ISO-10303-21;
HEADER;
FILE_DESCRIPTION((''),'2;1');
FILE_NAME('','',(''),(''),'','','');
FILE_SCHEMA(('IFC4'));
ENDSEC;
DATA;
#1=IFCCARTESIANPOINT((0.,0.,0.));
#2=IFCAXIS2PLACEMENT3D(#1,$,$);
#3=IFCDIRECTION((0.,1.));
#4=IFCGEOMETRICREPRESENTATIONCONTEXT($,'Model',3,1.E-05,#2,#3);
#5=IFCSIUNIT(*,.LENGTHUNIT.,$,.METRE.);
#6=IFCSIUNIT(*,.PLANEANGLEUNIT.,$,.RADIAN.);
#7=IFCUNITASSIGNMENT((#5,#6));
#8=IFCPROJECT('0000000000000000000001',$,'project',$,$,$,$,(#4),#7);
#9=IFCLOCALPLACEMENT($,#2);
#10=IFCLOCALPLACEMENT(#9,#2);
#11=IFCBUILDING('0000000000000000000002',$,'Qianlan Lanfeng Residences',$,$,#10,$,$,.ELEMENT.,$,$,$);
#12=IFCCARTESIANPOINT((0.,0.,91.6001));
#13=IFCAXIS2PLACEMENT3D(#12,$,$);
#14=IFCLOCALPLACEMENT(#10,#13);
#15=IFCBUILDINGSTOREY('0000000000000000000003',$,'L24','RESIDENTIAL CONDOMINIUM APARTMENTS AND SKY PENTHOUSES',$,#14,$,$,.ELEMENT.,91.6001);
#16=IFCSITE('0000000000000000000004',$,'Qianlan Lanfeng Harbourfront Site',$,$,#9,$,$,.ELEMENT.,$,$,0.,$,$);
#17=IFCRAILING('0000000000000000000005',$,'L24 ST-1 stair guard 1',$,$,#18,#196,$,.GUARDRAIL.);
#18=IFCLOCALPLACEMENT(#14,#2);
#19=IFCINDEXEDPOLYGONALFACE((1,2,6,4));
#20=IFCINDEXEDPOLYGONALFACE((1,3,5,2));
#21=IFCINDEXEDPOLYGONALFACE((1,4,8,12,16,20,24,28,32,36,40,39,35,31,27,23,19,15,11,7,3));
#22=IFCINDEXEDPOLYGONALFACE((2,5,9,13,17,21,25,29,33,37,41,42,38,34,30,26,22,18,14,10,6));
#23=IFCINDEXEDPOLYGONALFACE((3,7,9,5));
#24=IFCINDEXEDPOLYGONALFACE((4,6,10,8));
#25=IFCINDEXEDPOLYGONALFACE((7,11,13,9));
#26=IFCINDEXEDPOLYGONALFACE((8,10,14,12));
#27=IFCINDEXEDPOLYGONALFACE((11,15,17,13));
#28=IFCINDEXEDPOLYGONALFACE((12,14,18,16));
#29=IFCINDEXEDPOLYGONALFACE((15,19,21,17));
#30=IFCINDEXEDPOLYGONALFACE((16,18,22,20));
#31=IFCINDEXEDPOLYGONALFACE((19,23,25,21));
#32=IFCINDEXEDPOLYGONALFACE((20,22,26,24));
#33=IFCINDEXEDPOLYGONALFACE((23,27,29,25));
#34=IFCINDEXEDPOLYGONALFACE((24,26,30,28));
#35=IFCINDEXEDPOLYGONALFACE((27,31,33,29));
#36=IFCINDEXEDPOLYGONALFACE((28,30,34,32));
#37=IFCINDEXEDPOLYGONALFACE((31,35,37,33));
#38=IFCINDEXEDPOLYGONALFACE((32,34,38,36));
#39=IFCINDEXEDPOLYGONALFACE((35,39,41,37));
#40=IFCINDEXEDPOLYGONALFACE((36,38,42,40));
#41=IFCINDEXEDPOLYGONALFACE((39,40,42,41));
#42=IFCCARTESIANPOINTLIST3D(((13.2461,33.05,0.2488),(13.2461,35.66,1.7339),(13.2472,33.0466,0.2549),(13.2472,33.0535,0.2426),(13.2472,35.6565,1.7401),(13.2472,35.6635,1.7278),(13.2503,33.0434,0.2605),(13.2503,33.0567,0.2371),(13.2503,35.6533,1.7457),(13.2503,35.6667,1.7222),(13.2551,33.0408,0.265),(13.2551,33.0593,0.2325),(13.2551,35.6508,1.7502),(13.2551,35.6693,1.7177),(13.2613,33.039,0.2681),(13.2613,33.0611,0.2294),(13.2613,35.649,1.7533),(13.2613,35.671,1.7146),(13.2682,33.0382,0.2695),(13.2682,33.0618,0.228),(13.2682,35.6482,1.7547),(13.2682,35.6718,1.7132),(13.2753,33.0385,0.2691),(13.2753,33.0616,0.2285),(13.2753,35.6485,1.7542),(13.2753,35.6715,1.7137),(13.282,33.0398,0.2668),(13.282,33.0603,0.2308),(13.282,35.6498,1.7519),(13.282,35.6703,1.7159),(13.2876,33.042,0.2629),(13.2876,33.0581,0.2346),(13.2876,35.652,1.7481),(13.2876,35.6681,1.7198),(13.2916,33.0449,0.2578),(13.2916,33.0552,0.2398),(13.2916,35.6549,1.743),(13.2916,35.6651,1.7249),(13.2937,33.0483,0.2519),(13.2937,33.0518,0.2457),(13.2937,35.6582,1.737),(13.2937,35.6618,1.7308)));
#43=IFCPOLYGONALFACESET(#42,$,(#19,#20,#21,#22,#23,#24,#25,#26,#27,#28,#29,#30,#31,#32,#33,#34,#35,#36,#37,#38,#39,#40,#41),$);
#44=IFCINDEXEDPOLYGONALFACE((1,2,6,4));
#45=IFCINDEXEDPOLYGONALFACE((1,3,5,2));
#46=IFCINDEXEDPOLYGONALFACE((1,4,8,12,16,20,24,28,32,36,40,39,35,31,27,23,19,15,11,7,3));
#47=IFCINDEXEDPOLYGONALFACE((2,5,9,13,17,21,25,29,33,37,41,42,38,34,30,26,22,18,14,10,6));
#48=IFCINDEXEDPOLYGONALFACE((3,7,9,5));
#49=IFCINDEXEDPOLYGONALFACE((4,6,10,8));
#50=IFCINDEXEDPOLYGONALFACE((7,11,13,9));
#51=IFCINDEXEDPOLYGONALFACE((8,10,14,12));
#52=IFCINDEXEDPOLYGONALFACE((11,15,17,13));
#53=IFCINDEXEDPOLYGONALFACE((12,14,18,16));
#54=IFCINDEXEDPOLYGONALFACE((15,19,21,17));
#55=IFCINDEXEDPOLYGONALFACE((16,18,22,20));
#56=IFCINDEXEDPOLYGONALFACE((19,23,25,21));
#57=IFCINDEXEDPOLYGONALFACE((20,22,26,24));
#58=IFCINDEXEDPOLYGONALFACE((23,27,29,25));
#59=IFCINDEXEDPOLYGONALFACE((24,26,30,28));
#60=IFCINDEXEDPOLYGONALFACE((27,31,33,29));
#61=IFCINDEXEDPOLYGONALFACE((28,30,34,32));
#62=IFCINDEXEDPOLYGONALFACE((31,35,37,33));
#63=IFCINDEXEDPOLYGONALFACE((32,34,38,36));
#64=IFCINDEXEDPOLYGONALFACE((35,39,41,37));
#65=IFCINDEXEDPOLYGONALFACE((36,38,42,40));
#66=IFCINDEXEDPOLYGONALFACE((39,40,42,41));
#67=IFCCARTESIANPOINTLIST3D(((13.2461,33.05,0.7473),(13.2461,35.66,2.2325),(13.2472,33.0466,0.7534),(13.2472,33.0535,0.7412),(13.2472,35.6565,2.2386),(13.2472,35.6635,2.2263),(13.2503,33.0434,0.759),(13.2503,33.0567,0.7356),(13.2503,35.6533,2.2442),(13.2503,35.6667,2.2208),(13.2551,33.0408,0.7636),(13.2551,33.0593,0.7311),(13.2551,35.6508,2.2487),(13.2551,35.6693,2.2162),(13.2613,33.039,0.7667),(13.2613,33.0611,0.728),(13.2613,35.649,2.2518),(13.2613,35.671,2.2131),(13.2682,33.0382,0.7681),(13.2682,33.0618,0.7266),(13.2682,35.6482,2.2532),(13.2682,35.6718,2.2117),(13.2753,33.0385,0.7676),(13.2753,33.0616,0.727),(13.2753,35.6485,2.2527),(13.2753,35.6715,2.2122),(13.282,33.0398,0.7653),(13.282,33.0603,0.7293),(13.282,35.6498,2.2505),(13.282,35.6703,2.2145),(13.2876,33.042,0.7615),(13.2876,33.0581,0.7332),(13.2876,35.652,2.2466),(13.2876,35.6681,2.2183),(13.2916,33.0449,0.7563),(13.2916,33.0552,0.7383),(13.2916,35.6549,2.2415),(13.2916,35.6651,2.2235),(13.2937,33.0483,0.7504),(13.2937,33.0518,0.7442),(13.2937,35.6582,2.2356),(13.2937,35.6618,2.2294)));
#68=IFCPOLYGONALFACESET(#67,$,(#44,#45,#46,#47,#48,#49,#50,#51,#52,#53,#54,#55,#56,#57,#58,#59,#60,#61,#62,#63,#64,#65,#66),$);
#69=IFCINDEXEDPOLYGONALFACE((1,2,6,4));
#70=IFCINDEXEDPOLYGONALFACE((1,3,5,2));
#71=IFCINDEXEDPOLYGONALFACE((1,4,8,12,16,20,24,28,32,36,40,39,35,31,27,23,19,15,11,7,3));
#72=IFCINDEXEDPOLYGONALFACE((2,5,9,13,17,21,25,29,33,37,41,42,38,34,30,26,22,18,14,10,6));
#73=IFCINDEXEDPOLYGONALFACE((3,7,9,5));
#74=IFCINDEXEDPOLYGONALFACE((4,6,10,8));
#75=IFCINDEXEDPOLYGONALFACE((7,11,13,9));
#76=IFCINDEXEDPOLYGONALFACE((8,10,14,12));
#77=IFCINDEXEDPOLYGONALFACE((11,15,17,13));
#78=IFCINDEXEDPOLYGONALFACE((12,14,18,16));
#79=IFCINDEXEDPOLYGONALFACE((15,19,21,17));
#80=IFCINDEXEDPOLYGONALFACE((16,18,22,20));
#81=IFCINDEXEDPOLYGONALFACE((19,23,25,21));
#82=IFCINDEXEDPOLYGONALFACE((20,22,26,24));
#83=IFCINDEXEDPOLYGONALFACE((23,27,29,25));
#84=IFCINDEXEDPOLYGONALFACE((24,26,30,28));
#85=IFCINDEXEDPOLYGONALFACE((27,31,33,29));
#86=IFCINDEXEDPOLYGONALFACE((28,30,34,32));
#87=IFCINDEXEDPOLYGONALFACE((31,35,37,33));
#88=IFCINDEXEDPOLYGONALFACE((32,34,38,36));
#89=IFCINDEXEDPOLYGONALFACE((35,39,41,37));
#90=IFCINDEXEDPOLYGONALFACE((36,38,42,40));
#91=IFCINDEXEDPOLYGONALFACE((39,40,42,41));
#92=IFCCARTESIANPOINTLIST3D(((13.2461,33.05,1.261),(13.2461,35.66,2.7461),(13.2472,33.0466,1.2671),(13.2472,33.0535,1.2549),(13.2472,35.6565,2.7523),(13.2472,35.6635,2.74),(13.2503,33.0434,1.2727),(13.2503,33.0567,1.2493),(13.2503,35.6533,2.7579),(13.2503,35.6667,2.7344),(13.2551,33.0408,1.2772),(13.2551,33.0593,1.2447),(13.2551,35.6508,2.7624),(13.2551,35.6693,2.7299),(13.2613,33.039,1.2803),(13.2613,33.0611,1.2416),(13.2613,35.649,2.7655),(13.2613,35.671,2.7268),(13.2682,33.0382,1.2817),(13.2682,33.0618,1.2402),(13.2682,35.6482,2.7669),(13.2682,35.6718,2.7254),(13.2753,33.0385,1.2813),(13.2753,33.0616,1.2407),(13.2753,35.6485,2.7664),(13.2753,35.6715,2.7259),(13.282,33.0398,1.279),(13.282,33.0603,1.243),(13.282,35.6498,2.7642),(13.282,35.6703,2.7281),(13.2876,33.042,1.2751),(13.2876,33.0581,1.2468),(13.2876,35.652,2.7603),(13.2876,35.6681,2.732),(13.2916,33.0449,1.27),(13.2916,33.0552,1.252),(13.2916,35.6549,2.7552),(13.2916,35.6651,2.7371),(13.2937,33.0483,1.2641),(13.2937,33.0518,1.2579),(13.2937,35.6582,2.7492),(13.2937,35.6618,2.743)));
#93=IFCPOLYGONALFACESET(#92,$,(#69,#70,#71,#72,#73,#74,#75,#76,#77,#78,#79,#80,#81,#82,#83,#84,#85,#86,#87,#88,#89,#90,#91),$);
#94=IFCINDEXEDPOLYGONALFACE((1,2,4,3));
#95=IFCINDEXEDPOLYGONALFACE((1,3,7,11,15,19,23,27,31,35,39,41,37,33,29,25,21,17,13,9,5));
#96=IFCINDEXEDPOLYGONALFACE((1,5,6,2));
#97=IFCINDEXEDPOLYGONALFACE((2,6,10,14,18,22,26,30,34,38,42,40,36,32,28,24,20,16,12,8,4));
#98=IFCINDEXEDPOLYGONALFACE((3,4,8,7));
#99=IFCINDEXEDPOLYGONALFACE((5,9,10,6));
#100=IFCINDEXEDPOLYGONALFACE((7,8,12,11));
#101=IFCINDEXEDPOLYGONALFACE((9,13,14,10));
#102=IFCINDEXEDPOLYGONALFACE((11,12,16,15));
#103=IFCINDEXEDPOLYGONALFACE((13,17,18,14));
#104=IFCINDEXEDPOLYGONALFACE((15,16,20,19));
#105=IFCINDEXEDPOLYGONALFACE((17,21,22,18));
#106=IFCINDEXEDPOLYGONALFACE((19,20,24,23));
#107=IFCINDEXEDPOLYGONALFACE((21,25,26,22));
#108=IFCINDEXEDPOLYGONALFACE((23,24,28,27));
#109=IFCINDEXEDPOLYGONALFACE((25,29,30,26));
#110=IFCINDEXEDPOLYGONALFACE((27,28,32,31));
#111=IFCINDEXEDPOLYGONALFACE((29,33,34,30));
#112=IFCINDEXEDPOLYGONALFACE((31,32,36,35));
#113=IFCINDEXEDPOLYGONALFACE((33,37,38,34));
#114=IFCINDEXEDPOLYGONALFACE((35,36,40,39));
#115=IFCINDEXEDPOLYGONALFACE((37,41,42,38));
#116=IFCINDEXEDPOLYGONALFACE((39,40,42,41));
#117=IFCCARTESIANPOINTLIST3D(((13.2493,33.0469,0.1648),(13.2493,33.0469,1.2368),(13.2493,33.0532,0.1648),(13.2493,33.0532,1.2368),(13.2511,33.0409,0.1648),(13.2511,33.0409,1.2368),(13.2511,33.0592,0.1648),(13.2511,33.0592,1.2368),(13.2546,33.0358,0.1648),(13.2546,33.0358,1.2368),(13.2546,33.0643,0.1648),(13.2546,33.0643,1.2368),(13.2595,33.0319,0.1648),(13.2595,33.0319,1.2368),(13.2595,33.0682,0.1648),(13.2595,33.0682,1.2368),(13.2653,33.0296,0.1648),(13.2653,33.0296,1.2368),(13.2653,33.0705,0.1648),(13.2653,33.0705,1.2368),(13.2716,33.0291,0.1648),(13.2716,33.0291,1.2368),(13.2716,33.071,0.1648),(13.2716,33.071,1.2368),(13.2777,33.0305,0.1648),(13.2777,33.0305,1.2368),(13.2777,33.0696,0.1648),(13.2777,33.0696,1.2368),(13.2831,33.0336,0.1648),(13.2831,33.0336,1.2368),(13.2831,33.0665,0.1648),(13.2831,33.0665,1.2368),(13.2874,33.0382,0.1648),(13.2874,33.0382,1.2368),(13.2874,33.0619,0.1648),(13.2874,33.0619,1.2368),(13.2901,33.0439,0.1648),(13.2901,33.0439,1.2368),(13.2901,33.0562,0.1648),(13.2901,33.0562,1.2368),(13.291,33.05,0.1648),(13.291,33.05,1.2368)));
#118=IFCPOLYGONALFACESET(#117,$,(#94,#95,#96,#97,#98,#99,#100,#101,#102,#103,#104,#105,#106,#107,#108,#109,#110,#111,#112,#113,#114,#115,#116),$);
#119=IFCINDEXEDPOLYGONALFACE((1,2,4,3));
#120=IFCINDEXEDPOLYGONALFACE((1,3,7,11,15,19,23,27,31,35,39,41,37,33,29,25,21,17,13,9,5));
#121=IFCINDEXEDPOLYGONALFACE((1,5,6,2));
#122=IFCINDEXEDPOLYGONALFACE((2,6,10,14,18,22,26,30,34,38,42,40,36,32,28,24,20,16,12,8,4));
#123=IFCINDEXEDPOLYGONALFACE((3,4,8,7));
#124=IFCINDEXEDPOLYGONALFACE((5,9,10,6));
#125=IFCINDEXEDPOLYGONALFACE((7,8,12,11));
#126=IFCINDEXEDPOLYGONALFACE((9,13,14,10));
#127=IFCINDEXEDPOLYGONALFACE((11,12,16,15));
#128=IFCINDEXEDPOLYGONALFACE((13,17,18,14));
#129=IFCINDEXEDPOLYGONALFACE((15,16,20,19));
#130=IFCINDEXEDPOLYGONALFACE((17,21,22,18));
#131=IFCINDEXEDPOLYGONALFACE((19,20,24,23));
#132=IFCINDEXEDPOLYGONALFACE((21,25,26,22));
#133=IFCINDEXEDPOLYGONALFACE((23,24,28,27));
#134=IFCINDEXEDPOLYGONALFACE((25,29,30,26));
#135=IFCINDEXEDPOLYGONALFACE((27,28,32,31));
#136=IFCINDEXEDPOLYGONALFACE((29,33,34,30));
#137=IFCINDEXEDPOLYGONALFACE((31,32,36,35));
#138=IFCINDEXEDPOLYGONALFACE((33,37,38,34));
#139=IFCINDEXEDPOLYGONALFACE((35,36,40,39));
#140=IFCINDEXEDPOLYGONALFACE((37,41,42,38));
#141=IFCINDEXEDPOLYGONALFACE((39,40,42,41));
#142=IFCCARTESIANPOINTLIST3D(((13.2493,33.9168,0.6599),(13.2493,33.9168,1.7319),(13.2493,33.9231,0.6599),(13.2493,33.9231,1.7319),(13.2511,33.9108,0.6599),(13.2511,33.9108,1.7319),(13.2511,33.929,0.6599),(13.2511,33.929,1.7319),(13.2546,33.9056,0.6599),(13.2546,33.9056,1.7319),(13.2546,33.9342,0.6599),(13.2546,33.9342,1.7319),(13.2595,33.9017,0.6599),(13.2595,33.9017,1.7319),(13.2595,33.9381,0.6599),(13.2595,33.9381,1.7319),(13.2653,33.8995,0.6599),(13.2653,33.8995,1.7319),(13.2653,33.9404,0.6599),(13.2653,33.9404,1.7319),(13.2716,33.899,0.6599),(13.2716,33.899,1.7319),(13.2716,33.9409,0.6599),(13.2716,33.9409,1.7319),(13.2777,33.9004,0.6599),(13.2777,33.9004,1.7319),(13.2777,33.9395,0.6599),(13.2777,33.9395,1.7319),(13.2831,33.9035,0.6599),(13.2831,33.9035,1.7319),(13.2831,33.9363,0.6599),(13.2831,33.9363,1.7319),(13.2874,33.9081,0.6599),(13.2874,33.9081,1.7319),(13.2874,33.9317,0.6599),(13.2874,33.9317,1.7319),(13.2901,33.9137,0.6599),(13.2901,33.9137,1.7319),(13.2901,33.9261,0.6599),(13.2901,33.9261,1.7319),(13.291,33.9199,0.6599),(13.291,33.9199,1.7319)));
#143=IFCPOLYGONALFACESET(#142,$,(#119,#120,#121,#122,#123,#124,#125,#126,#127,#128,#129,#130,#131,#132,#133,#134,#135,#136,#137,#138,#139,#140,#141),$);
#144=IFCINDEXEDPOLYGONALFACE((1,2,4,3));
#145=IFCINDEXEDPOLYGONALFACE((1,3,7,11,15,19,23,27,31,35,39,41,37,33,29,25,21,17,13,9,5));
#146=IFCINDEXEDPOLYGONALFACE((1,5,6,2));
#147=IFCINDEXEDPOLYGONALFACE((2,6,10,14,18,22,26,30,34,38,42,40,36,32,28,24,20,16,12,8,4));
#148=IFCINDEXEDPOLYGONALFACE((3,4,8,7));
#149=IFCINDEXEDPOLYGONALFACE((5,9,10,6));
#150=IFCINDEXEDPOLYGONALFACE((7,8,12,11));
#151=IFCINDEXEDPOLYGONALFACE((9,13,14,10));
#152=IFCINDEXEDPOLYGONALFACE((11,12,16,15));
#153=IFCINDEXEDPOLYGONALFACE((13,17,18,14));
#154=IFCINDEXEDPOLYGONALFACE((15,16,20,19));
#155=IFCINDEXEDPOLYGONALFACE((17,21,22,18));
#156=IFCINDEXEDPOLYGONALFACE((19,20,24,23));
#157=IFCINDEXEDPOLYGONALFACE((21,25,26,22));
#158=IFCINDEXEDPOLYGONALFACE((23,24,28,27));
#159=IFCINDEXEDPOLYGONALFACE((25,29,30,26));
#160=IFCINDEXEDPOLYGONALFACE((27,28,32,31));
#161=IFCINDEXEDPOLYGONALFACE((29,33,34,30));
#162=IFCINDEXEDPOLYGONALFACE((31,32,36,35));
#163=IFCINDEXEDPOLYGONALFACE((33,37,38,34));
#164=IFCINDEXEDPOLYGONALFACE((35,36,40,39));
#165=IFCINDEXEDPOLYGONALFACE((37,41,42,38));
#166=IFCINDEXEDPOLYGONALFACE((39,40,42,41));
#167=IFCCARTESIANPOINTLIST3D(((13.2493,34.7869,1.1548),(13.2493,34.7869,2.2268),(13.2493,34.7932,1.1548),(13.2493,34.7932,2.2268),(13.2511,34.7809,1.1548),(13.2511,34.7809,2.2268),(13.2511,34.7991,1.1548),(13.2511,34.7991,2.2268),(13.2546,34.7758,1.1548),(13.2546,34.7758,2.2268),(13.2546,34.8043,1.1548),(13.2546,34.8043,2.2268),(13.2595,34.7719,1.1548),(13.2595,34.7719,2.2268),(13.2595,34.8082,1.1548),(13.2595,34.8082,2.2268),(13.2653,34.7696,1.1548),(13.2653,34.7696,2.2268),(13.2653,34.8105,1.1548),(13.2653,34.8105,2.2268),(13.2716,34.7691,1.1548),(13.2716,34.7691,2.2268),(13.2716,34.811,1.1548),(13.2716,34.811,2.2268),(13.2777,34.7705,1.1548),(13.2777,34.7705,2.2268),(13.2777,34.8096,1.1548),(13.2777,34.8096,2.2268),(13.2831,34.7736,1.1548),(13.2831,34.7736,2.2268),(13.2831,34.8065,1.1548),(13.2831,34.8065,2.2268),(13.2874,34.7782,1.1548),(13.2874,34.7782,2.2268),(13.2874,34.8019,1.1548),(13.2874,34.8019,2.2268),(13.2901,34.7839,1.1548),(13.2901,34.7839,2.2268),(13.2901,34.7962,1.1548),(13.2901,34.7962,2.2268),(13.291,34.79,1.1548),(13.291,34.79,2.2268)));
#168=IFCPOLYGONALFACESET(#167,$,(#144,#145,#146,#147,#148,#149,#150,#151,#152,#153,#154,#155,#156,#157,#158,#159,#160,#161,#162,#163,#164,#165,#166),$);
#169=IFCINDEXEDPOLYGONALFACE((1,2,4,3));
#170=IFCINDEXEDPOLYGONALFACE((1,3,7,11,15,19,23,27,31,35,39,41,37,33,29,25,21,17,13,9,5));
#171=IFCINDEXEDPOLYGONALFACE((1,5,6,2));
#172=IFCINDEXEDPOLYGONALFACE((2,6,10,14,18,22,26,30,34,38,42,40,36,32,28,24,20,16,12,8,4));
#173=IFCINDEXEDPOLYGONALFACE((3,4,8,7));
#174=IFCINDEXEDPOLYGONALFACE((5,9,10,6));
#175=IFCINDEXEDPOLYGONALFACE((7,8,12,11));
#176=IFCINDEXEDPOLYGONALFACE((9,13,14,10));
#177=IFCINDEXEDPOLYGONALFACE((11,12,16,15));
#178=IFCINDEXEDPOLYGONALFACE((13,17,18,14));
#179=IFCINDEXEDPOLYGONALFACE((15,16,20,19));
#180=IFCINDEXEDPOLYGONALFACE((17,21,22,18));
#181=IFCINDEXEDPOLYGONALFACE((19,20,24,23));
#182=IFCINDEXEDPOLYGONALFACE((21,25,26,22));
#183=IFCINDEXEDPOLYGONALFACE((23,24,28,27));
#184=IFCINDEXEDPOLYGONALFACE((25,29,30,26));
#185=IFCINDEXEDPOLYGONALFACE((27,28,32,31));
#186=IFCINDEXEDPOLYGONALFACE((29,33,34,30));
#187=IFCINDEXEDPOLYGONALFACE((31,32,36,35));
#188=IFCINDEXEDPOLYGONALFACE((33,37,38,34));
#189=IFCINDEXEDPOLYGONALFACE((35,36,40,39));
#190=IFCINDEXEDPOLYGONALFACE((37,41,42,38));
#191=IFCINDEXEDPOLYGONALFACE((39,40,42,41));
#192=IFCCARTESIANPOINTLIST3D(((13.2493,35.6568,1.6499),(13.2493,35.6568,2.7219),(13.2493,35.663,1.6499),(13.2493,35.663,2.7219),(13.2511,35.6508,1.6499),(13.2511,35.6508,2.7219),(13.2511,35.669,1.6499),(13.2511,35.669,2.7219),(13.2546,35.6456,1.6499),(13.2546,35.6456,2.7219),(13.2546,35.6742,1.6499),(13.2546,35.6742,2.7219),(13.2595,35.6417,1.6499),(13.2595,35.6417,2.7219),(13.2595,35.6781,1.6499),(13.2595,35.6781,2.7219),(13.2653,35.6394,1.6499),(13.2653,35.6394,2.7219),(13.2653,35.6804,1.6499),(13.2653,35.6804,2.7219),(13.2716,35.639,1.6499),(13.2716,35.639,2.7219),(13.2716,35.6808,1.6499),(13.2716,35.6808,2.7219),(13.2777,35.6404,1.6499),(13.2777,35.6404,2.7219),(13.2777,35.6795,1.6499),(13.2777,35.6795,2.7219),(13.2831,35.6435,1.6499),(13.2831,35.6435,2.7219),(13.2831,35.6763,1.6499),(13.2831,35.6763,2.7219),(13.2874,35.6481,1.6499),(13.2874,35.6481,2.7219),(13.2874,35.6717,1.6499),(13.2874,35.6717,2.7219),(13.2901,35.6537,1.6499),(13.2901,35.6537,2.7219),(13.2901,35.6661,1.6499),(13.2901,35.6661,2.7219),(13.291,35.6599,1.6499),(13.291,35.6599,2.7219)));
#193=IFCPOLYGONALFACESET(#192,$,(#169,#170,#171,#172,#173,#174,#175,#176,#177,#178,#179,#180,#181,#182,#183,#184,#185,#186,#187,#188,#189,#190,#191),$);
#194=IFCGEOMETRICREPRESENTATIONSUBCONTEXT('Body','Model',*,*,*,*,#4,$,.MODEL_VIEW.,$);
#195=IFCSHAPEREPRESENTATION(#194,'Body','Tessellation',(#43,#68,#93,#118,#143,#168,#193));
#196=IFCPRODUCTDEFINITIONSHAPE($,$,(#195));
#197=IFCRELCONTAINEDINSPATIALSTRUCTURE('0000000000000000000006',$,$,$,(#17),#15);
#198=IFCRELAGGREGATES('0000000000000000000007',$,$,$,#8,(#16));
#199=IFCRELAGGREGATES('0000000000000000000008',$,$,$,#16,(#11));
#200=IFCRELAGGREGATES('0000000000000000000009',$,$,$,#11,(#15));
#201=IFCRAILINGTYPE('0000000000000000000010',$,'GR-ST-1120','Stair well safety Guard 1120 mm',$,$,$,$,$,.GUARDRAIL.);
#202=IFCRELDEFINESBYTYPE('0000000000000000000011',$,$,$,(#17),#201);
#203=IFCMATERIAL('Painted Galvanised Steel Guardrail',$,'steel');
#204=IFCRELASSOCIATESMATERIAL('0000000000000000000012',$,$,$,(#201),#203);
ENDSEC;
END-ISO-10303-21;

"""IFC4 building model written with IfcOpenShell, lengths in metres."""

from ifc_helpers import new_model, si_unit, direction, frame, origin, origin_2d, place, context, subcontext, project, spatial, circle, extrude, material, type_object, element, save


model = new_model("IFC4")

# Units and contexts
model_context = context("Model", 3, precision=1e-05, world=origin(), true_north=direction((0.0, 1.0)))
body_context = subcontext(model_context, "Body", "Model", "MODEL_VIEW")
ifc_project = project(units=[si_unit("LENGTHUNIT", "METRE"), si_unit("PLANEANGLEUNIT", "RADIAN")], contexts=[model_context])

# Site, building, storey
site_placement = place(None, origin())
site = spatial("IfcSite", under=ifc_project, at=site_placement, Name="Qianlan Lanfeng Harbourfront Site", CompositionType="ELEMENT", RefElevation=0.0)
building_placement = place(site_placement, origin())
building = spatial("IfcBuilding", under=site, at=building_placement, Name="Qianlan Lanfeng Residences", CompositionType="ELEMENT")
storey_placement = place(building_placement, frame((0.0, 0.0, 91.6001)))
storey = spatial("IfcBuildingStorey", under=building, at=storey_placement, Name="L24", Description="RESIDENTIAL CONDOMINIUM APARTMENTS AND SKY PENTHOUSES", CompositionType="ELEMENT", Elevation=91.6001)

# Railing
ifc_material_1 = material(Name="Painted Galvanised Steel Guardrail", Category="steel")
railing_type_1 = type_object("IfcRailingType", Name="GR-ST-1120", Description="Stair well safety Guard 1120 mm", PredefinedType="GUARDRAIL", material=ifc_material_1)
railing_1_placement = place(storey_placement, frame((13.27, 33.05, 0.1648)))
element("IfcRailing", 1, at=railing_1_placement, inside=storey, type_object=railing_type_1, Name="L24 ST-1 stair guard 1", PredefinedType="GUARDRAIL", context=body_context, shape_type="SweptSolid", body=[
    extrude(circle(Radius=0.0239, at=origin_2d()), frame((0.0, 0.0, 0.084), z_axis=(0.0, 0.869137, 0.494571), x_axis=(-1.0, 0.0, 0.0)), (0.0, 0.0, 1.0), 3.0029),
    extrude(circle(Radius=0.0239, at=origin_2d()), frame((0.0, 0.0, 0.5825), z_axis=(0.0, 0.869137, 0.494571), x_axis=(-1.0, 0.0, 0.0)), (0.0, 0.0, 1.0), 3.0029),
    extrude(circle(Radius=0.0239, at=origin_2d()), frame((0.0, 0.0, 1.0962), z_axis=(0.0, 0.869137, 0.494571), x_axis=(-1.0, 0.0, 0.0)), (0.0, 0.0, 1.0), 3.0029),
    extrude(circle(Radius=0.021, at=origin_2d()), origin(), (0.0, 0.0, 1.0), 1.072),
    extrude(circle(Radius=0.021, at=origin_2d()), frame((0.0, 0.8699, 0.4951)), (0.0, 0.0, 1.0), 1.072),
    extrude(circle(Radius=0.021, at=origin_2d()), frame((0.0, 1.74, 0.99)), (0.0, 0.0, 1.0), 1.072),
    extrude(circle(Radius=0.021, at=origin_2d()), frame((0.0, 2.6099, 1.4851)), (0.0, 0.0, 1.0), 1.072),
])

save(model, "model.ifc")
